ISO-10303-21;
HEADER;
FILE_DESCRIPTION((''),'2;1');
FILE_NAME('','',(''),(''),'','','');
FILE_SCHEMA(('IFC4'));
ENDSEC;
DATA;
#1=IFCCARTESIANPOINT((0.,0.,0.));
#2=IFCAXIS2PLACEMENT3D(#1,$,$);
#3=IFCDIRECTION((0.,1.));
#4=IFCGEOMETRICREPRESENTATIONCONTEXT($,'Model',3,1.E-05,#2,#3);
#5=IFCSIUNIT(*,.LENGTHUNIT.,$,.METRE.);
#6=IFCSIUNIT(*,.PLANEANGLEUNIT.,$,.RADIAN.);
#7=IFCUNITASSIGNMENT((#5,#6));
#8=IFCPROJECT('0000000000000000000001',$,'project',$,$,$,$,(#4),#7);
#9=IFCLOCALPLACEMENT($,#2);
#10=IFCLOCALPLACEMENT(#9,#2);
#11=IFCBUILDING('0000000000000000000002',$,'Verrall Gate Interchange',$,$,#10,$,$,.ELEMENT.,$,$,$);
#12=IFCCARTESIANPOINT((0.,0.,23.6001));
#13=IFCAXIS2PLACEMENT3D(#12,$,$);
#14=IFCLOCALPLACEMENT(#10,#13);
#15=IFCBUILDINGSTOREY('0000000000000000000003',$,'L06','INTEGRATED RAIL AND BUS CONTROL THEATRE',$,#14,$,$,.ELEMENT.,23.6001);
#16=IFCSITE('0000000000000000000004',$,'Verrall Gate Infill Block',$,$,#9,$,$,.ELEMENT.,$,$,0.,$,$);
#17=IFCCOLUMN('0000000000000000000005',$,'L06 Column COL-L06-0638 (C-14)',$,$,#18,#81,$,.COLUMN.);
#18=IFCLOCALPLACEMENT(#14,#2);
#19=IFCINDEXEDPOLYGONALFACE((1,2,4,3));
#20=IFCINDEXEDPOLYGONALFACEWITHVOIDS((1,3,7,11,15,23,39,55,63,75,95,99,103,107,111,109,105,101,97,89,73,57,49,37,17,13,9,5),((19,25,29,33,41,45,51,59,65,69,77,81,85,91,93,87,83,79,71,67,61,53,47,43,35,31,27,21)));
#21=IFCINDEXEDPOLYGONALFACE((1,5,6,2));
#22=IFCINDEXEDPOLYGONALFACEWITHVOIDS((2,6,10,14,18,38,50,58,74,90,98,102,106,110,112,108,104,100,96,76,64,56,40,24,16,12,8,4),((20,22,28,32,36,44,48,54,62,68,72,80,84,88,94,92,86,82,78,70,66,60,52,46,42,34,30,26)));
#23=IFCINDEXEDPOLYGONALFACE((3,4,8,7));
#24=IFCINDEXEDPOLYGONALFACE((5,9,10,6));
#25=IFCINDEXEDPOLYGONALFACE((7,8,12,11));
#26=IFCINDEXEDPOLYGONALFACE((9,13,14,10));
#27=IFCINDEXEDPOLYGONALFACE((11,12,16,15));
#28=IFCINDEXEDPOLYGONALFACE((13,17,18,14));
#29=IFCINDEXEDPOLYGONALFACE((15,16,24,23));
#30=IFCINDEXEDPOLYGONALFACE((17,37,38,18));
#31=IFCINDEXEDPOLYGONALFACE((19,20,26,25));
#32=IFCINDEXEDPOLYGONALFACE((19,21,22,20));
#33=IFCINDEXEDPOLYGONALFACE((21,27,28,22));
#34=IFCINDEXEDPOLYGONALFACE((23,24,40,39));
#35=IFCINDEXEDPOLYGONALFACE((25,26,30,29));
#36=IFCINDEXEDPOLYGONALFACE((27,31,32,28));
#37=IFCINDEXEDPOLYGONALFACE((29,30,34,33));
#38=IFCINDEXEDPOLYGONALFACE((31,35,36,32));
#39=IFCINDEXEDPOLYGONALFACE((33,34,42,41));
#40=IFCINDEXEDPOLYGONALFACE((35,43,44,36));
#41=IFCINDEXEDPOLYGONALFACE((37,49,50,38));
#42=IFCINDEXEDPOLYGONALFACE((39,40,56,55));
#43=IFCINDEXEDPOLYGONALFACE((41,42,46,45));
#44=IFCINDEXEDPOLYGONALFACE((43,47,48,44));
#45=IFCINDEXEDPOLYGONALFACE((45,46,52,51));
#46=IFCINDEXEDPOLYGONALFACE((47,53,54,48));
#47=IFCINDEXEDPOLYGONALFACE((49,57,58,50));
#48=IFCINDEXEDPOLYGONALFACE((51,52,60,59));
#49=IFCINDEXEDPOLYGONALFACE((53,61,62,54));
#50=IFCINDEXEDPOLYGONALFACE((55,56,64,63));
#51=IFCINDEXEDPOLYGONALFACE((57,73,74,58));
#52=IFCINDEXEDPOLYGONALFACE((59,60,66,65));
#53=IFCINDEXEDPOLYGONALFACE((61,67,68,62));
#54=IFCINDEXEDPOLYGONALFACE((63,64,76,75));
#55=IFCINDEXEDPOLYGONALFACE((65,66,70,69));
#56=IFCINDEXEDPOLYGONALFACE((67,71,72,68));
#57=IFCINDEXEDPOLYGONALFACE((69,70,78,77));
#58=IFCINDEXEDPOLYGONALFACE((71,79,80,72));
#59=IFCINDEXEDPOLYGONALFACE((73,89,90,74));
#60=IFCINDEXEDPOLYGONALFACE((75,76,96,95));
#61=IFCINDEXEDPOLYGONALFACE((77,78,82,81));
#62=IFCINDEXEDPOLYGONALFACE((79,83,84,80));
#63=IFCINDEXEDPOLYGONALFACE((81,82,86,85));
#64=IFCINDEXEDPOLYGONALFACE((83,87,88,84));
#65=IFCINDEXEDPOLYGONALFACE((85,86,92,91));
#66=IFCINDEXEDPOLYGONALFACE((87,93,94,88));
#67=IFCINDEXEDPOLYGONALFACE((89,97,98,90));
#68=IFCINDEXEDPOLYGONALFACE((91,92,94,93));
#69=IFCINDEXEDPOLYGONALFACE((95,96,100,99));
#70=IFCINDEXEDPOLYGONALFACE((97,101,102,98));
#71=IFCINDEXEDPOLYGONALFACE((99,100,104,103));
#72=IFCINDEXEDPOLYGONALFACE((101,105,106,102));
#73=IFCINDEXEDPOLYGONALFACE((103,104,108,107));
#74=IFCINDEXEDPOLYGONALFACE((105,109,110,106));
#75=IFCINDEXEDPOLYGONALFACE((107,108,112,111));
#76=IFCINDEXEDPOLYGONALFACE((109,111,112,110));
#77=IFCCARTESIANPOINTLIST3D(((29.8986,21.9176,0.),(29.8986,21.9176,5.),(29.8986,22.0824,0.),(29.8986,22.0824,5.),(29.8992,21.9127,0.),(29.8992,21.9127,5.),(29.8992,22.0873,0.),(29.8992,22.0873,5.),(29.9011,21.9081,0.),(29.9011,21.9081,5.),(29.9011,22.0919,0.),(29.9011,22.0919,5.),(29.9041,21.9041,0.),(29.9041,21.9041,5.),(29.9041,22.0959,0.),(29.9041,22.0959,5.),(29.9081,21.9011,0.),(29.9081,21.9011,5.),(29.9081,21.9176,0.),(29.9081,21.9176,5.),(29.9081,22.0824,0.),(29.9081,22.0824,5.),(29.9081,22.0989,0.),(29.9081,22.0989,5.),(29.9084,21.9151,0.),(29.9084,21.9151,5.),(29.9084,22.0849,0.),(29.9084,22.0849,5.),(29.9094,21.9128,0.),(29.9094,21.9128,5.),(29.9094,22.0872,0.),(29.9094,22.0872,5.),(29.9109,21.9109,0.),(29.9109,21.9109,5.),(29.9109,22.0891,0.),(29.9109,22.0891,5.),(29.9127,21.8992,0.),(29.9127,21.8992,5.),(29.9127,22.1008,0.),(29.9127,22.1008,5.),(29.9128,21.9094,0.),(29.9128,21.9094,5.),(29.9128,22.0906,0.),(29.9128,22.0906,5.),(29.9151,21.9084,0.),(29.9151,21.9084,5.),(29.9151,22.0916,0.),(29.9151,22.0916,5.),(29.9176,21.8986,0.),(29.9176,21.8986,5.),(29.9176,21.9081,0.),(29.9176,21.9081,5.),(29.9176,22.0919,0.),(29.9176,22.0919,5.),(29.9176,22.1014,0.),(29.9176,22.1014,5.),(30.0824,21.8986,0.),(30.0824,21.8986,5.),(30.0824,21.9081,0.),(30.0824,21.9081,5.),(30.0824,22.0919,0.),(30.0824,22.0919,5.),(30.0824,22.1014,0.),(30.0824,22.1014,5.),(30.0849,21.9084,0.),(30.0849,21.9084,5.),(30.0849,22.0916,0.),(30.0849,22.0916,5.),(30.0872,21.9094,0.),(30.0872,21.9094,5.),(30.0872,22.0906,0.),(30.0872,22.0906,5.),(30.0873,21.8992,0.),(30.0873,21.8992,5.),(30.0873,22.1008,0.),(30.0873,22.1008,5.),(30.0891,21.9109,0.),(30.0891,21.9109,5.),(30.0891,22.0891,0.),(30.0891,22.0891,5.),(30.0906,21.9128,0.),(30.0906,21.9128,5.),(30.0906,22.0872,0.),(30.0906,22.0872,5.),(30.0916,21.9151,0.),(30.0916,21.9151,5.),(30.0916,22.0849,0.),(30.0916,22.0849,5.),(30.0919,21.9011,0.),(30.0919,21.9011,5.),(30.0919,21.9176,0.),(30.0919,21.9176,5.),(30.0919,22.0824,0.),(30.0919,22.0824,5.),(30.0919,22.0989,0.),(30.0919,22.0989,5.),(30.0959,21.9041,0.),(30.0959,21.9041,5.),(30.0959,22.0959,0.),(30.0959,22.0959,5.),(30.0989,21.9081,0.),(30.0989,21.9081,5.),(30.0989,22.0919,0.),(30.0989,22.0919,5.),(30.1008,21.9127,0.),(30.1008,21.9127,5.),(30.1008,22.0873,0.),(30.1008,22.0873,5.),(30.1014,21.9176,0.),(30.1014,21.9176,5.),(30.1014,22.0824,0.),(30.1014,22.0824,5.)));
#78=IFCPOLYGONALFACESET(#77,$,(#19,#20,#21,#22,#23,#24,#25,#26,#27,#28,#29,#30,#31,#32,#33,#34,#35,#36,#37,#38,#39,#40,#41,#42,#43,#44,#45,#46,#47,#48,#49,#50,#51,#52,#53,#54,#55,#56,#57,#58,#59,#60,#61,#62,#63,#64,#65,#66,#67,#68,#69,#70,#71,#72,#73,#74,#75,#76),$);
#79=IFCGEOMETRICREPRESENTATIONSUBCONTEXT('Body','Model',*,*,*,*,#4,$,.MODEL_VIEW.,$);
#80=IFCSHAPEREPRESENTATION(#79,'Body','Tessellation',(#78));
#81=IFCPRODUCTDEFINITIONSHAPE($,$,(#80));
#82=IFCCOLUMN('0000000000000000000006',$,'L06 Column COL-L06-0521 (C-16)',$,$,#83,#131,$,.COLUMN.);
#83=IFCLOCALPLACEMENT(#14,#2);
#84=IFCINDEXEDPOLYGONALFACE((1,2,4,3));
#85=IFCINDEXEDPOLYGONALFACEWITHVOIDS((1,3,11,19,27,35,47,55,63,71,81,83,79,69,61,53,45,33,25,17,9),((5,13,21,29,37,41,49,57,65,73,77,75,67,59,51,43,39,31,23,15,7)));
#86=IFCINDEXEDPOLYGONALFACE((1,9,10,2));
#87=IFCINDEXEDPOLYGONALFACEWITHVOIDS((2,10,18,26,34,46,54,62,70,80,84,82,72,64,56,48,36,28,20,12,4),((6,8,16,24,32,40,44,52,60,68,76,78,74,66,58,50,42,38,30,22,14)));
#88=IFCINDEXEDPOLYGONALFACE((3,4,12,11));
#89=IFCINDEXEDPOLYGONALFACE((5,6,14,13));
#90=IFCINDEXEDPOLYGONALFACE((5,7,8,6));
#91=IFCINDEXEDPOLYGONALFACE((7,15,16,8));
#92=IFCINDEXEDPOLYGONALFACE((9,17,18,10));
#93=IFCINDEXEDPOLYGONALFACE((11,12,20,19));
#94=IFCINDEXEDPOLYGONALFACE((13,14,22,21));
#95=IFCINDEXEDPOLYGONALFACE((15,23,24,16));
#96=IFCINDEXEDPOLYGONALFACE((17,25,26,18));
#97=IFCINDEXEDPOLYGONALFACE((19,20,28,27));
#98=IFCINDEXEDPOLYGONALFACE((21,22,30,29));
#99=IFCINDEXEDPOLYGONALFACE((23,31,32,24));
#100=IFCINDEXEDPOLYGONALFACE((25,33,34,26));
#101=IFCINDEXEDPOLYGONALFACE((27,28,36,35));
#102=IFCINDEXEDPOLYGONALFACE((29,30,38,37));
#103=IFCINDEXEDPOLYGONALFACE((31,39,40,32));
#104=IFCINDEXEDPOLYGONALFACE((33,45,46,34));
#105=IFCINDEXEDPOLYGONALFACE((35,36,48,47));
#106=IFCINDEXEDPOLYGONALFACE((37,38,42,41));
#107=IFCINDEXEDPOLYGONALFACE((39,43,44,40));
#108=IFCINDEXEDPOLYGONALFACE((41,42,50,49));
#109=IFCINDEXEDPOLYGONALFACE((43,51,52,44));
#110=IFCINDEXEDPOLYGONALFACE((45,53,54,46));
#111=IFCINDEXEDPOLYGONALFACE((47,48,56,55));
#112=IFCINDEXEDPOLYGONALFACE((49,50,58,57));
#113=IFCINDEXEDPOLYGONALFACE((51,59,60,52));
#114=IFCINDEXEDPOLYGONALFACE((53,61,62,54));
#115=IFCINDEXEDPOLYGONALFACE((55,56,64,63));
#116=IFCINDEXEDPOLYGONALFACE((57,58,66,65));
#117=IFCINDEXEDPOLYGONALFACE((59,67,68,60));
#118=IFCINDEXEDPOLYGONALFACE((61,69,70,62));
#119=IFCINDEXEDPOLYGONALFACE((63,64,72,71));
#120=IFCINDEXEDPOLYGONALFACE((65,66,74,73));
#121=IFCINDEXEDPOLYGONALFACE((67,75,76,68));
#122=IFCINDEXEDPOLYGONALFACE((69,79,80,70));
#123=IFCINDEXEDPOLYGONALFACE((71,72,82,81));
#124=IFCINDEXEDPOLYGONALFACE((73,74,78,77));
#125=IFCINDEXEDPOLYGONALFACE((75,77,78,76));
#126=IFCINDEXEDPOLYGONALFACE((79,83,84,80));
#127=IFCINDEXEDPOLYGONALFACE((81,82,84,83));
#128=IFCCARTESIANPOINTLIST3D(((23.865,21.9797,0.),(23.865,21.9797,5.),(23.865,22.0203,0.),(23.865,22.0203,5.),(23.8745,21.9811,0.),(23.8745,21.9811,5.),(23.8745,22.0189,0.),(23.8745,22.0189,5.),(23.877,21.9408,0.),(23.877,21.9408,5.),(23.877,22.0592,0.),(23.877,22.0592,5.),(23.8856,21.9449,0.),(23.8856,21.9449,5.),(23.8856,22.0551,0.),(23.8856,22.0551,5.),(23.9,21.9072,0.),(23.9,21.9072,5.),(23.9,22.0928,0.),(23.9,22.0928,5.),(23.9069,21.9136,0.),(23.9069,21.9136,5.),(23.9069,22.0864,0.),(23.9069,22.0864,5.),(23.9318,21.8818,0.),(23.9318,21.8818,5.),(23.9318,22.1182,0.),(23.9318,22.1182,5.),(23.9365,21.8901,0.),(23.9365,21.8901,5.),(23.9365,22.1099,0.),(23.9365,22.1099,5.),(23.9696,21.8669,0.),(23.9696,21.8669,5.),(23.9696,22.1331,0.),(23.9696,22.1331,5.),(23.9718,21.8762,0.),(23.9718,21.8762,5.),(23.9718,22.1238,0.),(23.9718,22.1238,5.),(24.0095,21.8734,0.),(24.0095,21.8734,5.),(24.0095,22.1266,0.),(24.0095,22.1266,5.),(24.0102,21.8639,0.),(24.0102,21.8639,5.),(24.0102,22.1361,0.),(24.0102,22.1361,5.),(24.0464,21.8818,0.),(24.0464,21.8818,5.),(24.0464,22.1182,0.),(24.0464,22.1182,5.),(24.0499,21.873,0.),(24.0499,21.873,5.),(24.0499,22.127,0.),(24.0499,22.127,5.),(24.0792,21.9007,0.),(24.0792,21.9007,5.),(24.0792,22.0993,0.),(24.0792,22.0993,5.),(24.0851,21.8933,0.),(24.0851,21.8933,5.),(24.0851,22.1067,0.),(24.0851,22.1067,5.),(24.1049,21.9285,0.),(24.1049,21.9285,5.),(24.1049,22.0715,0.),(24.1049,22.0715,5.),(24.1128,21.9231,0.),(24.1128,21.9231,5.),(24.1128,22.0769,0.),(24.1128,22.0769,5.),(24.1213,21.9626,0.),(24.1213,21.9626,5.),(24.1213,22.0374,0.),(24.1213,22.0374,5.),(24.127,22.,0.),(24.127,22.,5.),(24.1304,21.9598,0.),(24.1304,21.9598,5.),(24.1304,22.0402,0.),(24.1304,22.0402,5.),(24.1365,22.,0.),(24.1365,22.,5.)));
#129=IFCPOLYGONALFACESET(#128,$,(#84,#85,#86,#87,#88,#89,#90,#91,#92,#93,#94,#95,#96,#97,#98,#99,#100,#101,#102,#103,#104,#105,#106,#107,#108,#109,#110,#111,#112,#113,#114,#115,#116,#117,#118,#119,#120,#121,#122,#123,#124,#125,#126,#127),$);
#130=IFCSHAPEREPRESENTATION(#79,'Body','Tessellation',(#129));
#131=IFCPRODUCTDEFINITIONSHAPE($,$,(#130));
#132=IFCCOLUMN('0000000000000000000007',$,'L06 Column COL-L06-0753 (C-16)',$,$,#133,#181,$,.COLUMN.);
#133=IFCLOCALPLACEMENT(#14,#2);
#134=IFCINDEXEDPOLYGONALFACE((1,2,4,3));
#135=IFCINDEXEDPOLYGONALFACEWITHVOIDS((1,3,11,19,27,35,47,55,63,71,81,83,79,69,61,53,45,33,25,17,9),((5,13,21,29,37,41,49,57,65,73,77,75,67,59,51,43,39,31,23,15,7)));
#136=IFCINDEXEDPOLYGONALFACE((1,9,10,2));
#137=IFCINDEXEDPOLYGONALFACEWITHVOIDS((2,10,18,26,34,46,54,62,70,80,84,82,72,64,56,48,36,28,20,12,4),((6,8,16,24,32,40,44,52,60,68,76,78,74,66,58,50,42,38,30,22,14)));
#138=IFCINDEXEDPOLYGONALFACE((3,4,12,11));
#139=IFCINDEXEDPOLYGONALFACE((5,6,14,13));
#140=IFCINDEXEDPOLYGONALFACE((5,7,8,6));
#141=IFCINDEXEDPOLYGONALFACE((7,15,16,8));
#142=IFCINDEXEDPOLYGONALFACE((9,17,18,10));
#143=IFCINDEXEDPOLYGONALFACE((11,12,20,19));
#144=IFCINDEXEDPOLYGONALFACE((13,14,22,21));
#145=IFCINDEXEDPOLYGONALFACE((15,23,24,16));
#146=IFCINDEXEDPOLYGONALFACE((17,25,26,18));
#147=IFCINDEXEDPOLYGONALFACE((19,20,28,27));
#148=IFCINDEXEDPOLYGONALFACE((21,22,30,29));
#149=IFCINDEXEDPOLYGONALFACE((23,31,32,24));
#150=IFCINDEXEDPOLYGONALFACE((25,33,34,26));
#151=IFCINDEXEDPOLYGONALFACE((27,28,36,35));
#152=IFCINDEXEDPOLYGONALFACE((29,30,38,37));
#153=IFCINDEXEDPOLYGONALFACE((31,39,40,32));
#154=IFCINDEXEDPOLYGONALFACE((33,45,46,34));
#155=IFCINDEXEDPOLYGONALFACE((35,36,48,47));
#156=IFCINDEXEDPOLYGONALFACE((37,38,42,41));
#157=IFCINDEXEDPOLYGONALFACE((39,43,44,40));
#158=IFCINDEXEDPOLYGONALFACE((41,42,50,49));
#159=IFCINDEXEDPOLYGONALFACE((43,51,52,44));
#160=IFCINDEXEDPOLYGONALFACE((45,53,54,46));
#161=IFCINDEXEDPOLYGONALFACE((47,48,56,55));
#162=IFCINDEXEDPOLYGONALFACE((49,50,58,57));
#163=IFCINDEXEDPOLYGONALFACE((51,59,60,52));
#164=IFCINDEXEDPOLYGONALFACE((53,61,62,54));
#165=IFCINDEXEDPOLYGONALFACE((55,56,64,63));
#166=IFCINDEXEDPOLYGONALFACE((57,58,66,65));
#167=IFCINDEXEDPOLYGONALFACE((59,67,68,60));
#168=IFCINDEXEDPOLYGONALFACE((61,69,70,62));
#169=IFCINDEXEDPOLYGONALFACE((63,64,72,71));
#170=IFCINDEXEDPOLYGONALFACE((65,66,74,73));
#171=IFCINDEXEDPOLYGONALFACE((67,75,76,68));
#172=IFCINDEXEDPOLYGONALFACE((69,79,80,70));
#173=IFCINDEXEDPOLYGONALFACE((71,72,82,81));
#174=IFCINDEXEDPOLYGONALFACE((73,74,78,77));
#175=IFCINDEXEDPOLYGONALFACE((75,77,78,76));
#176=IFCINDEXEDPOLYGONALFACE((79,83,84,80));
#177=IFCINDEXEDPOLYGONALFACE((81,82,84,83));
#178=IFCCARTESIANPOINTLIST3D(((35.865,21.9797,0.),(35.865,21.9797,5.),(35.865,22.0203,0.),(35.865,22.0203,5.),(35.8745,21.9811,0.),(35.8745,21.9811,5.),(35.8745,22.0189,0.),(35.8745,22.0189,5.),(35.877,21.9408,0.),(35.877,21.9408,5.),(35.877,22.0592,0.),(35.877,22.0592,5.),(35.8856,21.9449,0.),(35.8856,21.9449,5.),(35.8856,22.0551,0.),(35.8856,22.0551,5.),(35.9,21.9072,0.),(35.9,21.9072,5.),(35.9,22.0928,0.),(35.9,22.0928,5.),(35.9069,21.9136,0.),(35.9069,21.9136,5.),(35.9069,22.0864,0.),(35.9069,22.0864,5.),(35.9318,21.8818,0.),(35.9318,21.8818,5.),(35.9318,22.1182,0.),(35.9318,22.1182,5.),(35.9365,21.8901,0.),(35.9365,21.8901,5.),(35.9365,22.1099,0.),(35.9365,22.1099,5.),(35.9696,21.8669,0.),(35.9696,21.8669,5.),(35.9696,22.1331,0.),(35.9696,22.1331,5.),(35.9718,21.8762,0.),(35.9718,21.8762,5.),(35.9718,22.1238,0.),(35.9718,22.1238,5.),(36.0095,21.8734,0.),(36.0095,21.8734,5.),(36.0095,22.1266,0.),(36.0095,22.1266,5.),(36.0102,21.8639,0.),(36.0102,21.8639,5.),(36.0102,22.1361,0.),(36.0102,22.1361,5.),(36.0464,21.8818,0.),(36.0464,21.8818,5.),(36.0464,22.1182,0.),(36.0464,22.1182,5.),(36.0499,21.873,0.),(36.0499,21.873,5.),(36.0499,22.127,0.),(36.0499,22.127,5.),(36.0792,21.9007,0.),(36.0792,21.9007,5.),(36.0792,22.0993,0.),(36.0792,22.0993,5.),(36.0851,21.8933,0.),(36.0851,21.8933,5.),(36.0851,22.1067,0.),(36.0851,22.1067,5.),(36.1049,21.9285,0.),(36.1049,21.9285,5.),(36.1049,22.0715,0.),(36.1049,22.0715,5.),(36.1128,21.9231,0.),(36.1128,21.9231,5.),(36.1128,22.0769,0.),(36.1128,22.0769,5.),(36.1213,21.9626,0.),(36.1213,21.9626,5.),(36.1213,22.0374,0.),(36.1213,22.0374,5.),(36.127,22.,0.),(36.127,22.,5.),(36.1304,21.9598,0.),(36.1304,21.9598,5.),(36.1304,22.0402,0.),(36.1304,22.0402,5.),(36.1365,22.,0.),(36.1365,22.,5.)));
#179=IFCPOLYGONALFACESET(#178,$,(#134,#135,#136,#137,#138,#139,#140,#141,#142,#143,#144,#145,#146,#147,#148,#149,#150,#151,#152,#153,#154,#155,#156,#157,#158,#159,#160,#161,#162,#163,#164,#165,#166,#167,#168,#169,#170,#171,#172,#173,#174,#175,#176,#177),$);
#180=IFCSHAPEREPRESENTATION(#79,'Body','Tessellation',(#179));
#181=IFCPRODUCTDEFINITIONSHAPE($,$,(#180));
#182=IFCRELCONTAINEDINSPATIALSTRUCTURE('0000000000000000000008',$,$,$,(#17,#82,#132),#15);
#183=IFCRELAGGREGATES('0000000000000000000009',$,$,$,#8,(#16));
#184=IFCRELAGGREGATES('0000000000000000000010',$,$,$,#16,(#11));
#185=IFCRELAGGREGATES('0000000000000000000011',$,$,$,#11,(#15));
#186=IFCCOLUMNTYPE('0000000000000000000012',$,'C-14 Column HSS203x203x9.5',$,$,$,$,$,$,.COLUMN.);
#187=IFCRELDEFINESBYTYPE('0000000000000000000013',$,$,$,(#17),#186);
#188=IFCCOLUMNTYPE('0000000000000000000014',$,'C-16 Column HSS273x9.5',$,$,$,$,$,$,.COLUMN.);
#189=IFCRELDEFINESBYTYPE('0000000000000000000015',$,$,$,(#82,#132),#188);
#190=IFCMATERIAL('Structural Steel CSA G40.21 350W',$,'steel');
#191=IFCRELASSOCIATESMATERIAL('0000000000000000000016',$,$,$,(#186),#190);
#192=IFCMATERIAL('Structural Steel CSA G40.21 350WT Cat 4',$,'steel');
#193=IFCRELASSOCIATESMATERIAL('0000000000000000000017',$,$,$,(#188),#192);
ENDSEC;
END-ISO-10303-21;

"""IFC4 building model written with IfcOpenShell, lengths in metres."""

from ifc_helpers import new_model, si_unit, direction, frame, origin, origin_2d, place, context, subcontext, project, spatial, hollow_rectangle, hollow_circle, extrude, material, material_profile, profile_set, type_object, element, save


model = new_model("IFC4")

# Units and contexts
model_context = context("Model", 3, precision=1e-05, world=origin(), true_north=direction((0.0, 1.0)))
body_context = subcontext(model_context, "Body", "Model", "MODEL_VIEW")
ifc_project = project(units=[si_unit("LENGTHUNIT", "METRE"), si_unit("PLANEANGLEUNIT", "RADIAN")], contexts=[model_context])

# Site, building, storey
site_placement = place(None, origin())
site = spatial("IfcSite", under=ifc_project, at=site_placement, Name="Verrall Gate Infill Block", CompositionType="ELEMENT", RefElevation=0.0)
building_placement = place(site_placement, origin())
building = spatial("IfcBuilding", under=site, at=building_placement, Name="Verrall Gate Interchange", CompositionType="ELEMENT")
storey_placement = place(building_placement, frame((0.0, 0.0, 23.6001)))
storey = spatial("IfcBuildingStorey", under=building, at=storey_placement, Name="L06", Description="INTEGRATED RAIL AND BUS CONTROL THEATRE", CompositionType="ELEMENT", Elevation=23.6001)

# Columns
ifc_material_1 = material(Name="Structural Steel CSA G40.21 350W", Category="steel")
ifc_material_profile_1 = material_profile(ifc_material_1, hollow_rectangle(XDim=0.2029, YDim=0.2029, WallThickness=0.0095, InnerFilletRadius=0.0095, OuterFilletRadius=0.019, at=origin_2d()), Name="HSS203x203x9.5")
ifc_profile_set_1 = profile_set([ifc_material_profile_1], Name="Structural Steel CSA G40.21 350W")
column_type_1 = type_object("IfcColumnType", Name="C-14 Column HSS203x203x9.5", PredefinedType="COLUMN", material=ifc_profile_set_1)
column_placement = place(storey_placement, frame((30.0, 22.0, 0.0), z_axis=(0.0, 0.0, 1.0), x_axis=(1.0, 0.0, 0.0)))
element("IfcColumn", 1, at=column_placement, inside=storey, type_object=column_type_1, Name="L06 Column COL-L06-0638 (C-14)", PredefinedType="COLUMN", context=body_context, shape_type="SweptSolid", body=[
    extrude(hollow_rectangle(XDim=0.2029, YDim=0.2029, WallThickness=0.0095, InnerFilletRadius=0.0095, OuterFilletRadius=0.019, at=origin_2d()), origin(), (0.0, 0.0, 1.0), 5.0),
])
ifc_material_2 = material(Name="Structural Steel CSA G40.21 350WT Cat 4", Category="steel")
ifc_material_profile_2 = material_profile(ifc_material_2, hollow_circle(Radius=0.1365, WallThickness=0.0095, at=origin_2d()), Name="HSS273x9.5")
ifc_profile_set_2 = profile_set([ifc_material_profile_2], Name="Structural Steel CSA G40.21 350WT Cat 4")
column_type_2 = type_object("IfcColumnType", Name="C-16 Column HSS273x9.5", PredefinedType="COLUMN", material=ifc_profile_set_2)
for number, where, z_axis, x_axis, name in (
    (2, (24.0, 22.0, 0.0), (0.0, 0.0, 1.0), (1.0, 0.0, 0.0), "L06 Column COL-L06-0521 (C-16)"),
    (3, (36.0, 22.0, 0.0), (0.0, 0.0, 1.0), (1.0, 0.0, 0.0), "L06 Column COL-L06-0753 (C-16)"),
):
    element("IfcColumn", number, at=place(storey_placement, frame(where, z_axis=z_axis, x_axis=x_axis)), inside=storey, type_object=column_type_2, Name=name, PredefinedType="COLUMN", context=body_context, shape_type="SweptSolid", body=[
        extrude(hollow_circle(Radius=0.1365, WallThickness=0.0095, at=origin_2d()), origin(), (0.0, 0.0, 1.0), 5.0),
    ])

save(model, "model.ifc")
